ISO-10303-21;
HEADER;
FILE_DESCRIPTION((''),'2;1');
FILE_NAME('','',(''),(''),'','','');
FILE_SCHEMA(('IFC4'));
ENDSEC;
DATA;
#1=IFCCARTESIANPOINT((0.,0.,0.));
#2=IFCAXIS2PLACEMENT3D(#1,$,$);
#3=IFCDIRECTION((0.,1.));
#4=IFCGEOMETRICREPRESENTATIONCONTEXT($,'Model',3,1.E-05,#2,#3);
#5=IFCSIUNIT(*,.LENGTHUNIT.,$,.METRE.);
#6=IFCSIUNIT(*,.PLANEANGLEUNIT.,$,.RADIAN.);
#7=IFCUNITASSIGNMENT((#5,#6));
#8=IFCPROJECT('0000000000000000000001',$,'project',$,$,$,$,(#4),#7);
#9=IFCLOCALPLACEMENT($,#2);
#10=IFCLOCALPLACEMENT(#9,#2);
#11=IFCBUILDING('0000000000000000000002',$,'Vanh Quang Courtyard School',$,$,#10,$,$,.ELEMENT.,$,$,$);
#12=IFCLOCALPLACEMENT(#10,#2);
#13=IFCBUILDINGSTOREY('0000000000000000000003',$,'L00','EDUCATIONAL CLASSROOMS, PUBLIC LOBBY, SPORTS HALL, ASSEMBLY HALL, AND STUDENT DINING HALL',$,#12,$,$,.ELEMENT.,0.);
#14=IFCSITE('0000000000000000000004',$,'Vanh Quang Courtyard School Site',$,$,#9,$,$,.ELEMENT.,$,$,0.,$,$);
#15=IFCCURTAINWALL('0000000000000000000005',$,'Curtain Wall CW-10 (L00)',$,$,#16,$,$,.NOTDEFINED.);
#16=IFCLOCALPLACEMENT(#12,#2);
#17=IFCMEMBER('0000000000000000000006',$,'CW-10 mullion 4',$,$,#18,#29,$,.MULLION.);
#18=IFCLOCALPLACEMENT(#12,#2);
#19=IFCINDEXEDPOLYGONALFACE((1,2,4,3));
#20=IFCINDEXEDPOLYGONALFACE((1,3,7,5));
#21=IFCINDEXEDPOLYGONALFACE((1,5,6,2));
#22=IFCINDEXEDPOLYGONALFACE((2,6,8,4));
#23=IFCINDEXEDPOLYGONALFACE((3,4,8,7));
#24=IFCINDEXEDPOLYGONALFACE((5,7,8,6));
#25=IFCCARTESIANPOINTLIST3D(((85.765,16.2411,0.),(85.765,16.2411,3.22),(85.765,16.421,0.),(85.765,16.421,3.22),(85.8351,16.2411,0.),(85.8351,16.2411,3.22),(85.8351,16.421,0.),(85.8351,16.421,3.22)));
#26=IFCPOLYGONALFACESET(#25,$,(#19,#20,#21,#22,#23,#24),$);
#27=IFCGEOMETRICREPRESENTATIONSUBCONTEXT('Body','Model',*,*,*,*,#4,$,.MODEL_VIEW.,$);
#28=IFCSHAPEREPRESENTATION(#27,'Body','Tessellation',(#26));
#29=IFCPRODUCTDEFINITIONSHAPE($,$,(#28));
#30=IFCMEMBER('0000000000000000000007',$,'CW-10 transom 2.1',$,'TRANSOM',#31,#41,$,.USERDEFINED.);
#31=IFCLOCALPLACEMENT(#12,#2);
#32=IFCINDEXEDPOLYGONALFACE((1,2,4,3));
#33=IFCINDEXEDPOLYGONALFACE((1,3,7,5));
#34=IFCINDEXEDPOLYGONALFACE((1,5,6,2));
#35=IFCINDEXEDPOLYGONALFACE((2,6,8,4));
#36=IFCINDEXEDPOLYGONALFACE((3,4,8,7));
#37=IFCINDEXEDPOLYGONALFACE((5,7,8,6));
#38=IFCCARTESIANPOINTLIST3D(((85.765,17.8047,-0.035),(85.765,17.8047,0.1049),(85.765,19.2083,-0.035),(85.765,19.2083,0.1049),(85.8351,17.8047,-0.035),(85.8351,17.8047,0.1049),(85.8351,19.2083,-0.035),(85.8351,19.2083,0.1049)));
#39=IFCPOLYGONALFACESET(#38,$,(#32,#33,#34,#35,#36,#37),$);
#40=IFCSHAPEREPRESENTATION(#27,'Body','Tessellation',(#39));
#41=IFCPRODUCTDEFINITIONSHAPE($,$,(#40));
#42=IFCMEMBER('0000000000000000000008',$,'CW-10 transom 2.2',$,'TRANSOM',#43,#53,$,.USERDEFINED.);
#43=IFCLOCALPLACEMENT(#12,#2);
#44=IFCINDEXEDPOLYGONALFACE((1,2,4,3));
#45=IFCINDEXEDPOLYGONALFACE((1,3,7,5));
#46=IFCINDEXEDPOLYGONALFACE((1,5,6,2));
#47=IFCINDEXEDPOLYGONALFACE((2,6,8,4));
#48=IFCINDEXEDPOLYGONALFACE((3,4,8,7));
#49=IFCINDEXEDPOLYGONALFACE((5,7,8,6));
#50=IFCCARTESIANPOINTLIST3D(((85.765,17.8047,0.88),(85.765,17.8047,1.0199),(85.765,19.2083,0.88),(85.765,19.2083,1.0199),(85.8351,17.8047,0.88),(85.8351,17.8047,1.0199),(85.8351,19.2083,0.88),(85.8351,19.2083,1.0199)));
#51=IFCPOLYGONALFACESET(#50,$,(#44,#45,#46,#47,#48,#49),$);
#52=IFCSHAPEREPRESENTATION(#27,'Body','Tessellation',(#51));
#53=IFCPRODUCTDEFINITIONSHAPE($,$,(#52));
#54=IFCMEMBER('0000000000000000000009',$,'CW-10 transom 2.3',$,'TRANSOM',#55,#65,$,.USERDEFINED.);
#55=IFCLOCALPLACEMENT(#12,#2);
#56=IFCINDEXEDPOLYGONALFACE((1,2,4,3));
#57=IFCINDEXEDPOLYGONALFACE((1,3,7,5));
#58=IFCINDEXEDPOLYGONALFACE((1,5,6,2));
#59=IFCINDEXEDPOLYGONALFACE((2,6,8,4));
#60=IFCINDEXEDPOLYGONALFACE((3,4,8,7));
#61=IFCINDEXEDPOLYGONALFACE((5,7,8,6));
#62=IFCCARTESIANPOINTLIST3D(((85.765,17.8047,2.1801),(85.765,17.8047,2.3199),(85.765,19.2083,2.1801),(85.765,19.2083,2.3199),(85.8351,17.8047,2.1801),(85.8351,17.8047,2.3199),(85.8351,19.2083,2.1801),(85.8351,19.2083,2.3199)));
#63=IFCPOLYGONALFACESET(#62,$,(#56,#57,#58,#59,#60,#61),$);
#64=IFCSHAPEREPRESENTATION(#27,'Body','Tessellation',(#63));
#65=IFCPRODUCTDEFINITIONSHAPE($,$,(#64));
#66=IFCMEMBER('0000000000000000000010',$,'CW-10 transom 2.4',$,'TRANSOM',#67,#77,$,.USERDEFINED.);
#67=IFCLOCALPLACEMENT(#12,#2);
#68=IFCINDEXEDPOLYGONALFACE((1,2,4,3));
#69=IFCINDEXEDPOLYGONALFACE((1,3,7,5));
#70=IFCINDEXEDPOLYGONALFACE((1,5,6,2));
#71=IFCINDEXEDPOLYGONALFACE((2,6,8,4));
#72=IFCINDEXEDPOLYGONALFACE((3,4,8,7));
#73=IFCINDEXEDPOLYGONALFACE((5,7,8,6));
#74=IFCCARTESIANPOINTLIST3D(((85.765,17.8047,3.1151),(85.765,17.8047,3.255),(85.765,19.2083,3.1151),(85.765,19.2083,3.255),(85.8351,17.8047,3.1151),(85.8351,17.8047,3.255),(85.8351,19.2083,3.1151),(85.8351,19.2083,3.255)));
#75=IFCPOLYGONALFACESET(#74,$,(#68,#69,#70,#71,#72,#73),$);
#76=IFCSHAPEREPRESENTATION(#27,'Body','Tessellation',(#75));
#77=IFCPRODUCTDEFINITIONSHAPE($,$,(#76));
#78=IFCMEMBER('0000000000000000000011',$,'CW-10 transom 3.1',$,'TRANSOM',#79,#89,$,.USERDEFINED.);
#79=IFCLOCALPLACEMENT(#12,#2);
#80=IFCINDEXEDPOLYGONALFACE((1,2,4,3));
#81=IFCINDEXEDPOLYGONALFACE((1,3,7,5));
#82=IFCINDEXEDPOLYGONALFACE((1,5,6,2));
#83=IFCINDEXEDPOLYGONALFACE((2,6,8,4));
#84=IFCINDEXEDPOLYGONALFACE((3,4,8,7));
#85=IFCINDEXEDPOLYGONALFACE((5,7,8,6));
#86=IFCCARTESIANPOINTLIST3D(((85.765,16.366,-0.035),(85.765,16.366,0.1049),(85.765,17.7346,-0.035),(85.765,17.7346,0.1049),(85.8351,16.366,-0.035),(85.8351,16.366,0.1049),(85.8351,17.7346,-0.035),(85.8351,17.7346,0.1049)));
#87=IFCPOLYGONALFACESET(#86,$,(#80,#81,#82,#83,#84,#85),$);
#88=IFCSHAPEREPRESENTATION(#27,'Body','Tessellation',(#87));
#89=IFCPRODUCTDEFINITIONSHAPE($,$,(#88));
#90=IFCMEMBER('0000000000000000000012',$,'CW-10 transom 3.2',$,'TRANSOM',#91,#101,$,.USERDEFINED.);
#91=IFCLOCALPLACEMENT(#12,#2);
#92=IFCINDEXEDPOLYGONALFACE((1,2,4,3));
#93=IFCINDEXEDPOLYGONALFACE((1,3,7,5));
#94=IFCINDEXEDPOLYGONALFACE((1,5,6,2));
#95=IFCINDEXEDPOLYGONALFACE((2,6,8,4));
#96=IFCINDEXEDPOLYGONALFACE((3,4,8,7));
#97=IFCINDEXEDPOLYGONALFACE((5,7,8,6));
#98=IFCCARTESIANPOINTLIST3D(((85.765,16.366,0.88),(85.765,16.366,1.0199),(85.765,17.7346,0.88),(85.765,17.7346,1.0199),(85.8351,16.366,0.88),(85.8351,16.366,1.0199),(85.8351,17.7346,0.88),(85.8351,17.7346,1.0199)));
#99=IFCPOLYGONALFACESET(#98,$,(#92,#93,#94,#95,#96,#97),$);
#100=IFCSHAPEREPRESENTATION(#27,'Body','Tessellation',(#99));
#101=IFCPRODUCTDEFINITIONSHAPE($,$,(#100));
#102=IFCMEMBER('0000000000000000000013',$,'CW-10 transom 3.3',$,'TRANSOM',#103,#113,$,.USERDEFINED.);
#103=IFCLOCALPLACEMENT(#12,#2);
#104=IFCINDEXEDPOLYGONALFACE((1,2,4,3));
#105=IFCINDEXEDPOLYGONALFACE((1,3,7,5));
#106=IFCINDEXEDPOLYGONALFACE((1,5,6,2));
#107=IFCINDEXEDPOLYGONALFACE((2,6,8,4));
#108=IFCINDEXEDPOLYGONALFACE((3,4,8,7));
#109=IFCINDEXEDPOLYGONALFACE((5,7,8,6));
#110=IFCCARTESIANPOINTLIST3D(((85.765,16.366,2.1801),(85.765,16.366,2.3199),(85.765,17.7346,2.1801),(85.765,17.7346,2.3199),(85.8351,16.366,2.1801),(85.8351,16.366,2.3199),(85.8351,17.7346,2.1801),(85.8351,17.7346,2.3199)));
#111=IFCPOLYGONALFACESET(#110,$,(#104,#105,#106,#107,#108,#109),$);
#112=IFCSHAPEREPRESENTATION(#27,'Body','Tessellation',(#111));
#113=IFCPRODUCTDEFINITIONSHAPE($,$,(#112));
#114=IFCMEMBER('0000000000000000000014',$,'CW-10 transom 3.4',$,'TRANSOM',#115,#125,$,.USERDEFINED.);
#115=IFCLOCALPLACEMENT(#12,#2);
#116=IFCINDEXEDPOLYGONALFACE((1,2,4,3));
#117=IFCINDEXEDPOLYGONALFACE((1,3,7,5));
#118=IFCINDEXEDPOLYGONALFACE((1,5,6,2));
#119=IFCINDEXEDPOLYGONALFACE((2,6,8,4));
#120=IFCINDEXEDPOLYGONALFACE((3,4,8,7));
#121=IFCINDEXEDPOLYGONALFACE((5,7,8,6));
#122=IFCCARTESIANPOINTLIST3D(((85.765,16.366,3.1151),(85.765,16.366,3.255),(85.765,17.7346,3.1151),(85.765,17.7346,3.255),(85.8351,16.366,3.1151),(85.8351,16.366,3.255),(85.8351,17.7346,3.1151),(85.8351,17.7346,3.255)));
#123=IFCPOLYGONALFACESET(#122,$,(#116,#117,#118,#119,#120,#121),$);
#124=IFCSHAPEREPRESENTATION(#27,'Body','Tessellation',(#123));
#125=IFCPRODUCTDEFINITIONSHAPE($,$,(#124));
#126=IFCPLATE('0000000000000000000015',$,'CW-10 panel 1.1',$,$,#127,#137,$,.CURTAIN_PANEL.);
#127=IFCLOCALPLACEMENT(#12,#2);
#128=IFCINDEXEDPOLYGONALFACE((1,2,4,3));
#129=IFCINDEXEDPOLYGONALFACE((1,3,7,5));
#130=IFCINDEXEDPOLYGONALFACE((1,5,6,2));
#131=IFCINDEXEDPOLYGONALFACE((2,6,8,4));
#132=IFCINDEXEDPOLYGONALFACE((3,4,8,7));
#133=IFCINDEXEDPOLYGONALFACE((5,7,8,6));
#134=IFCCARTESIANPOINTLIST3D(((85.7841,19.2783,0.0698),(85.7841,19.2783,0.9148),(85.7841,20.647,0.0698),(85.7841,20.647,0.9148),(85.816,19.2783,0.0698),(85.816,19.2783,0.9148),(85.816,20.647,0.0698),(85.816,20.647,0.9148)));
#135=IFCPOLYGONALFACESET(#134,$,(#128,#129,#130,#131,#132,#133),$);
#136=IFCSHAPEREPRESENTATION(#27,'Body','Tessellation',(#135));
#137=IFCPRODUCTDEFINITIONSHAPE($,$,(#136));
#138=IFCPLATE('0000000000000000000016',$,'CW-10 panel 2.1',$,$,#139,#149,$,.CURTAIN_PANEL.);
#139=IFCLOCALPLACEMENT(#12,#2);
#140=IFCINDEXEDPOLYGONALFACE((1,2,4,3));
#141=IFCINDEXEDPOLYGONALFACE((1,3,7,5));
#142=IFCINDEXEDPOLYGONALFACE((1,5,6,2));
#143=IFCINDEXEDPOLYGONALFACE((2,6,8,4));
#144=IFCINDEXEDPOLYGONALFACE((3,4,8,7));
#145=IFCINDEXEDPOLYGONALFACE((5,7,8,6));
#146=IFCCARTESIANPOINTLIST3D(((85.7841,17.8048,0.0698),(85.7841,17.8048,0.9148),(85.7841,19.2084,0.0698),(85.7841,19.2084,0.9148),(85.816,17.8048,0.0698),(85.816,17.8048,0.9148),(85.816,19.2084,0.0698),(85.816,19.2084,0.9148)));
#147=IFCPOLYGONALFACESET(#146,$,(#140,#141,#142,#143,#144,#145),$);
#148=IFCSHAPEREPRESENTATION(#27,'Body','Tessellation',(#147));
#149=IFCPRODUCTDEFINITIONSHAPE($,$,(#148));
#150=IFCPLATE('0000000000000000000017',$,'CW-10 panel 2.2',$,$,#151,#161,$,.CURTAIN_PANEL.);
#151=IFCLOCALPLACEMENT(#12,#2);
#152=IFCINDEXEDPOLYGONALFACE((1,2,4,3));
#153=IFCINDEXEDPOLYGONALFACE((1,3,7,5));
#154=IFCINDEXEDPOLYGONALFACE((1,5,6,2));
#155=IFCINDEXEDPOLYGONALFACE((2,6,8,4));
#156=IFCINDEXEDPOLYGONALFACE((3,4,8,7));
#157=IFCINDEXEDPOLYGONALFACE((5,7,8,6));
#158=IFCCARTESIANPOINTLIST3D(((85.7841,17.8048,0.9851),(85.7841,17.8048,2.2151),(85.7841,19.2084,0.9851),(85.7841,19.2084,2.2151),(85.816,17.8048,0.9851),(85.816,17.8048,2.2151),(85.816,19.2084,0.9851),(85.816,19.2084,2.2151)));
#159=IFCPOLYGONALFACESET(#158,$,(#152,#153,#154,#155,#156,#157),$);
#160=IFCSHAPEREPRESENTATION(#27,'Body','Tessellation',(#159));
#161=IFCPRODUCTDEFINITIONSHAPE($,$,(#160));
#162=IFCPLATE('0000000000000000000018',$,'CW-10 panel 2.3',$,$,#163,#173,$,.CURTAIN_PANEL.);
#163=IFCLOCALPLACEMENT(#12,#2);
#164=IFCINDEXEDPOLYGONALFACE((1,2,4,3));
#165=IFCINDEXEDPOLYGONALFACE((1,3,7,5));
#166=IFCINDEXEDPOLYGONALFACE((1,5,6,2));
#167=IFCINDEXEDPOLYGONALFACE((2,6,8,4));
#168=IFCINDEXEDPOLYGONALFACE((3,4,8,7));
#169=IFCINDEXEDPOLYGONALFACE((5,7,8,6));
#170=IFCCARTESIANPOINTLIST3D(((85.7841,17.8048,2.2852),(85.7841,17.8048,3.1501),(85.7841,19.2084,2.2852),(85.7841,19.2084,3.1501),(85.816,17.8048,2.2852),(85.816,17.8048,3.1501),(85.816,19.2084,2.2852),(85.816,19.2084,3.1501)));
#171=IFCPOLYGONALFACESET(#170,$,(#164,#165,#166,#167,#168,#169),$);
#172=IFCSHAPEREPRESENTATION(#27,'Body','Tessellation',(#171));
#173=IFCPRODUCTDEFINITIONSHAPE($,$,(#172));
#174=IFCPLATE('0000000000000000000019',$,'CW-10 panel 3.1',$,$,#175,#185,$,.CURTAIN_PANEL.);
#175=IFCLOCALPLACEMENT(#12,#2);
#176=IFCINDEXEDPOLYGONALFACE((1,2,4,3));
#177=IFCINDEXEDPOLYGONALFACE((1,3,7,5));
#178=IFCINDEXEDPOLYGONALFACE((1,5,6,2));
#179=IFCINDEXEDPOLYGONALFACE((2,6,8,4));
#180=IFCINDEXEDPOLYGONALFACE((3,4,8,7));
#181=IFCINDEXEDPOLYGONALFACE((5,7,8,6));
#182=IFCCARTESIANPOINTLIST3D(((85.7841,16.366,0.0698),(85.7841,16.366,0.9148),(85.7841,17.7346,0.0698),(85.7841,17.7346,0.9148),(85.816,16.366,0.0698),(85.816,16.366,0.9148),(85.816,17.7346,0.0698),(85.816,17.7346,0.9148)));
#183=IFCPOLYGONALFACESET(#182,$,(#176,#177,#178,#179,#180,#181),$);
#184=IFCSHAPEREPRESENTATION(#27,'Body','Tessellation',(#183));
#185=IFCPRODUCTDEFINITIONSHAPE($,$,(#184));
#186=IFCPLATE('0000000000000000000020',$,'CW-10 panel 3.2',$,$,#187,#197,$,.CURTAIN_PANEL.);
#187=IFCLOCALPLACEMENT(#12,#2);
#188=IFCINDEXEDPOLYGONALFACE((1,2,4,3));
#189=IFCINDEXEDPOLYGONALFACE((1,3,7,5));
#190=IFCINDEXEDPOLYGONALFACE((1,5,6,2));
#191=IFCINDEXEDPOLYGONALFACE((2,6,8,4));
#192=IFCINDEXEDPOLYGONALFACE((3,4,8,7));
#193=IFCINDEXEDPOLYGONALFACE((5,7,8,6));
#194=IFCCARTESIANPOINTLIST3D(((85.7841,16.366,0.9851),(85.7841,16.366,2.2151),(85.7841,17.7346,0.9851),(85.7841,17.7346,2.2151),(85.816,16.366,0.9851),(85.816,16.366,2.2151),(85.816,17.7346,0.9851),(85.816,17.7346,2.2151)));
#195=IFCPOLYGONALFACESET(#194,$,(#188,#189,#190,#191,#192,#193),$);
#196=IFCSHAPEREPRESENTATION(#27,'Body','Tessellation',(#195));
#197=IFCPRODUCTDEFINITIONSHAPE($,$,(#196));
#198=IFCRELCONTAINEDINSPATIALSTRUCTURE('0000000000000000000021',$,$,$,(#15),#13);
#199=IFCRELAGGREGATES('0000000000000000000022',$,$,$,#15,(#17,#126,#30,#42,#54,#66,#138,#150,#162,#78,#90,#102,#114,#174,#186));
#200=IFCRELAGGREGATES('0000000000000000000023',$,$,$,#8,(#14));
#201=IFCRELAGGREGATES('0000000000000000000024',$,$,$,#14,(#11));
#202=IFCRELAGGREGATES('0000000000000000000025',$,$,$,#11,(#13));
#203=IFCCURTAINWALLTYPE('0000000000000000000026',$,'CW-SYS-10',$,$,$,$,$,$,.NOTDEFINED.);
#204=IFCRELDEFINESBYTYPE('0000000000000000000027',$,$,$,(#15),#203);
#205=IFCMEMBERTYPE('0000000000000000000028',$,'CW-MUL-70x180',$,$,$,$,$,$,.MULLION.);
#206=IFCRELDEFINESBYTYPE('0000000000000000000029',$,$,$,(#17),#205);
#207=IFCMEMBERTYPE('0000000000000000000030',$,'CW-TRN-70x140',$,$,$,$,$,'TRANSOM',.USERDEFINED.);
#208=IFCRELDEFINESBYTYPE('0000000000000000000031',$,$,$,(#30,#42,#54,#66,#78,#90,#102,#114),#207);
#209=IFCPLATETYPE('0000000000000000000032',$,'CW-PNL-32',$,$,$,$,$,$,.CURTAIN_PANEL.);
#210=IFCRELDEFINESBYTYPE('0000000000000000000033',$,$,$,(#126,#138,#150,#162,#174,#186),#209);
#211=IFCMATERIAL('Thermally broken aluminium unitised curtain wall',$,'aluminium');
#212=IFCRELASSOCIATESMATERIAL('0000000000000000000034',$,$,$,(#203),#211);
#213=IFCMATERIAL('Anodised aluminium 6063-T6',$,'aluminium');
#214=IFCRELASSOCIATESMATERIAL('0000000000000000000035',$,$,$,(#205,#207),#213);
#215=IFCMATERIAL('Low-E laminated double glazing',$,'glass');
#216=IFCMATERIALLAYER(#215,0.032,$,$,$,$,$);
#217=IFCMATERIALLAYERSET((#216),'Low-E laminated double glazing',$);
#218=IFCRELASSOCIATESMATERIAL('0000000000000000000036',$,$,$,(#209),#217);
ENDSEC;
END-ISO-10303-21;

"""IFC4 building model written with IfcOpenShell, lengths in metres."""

from ifc_helpers import new_model, si_unit, direction, frame, origin, origin_2d, place, context, subcontext, project, spatial, rectangle, extrude, material, layer, layer_set, material_profile, profile_set, type_object, element, aggregate, save


model = new_model("IFC4")

# Units and contexts
model_context = context("Model", 3, precision=1e-05, world=origin(), true_north=direction((0.0, 1.0)))
body_context = subcontext(model_context, "Body", "Model", "MODEL_VIEW")
ifc_project = project(units=[si_unit("LENGTHUNIT", "METRE"), si_unit("PLANEANGLEUNIT", "RADIAN")], contexts=[model_context])

# Site, building, storey
site_placement = place(None, origin())
site = spatial("IfcSite", under=ifc_project, at=site_placement, Name="Vanh Quang Courtyard School Site", CompositionType="ELEMENT", RefElevation=0.0)
building_placement = place(site_placement, origin())
building = spatial("IfcBuilding", under=site, at=building_placement, Name="Vanh Quang Courtyard School", CompositionType="ELEMENT")
storey_placement = place(building_placement, origin())
storey = spatial("IfcBuildingStorey", under=building, at=storey_placement, Name="L00", Description="EDUCATIONAL CLASSROOMS, PUBLIC LOBBY, SPORTS HALL, ASSEMBLY HALL, AND STUDENT DINING HALL", CompositionType="ELEMENT", Elevation=0.0)

# Curtain wall, members, plates
ifc_material_1 = material(Name="Thermally broken aluminium unitised curtain wall", Category="aluminium")
curtain_wall_type = type_object("IfcCurtainWallType", Name="CW-SYS-10", PredefinedType="NOTDEFINED", material=ifc_material_1)
curtain_wall_placement = place(storey_placement, origin())
curtain_wall = element("IfcCurtainWall", 1, at=curtain_wall_placement, inside=storey, type_object=curtain_wall_type, Name="Curtain Wall CW-10 (L00)", PredefinedType="NOTDEFINED")
ifc_material_2 = material(Name="Anodised aluminium 6063-T6", Category="aluminium")
ifc_material_profile_1 = material_profile(ifc_material_2, rectangle(XDim=0.0701, YDim=0.1799, at=origin_2d()), Name="ALU-MUL 70x180")
ifc_profile_set_1 = profile_set([ifc_material_profile_1], Name="Anodised aluminium 6063-T6")
member_type_1 = type_object("IfcMemberType", Name="CW-MUL-70x180", PredefinedType="MULLION", material=ifc_profile_set_1)
member_1_placement = place(storey_placement, frame((85.8, 16.3311, 0.0), z_axis=(0.0, 0.0, 1.0), x_axis=(1.0, 0.0, 0.0)))
member_1 = element("IfcMember", 2, at=member_1_placement, type_object=member_type_1, Name="CW-10 mullion 4", PredefinedType="MULLION", context=body_context, shape_type="SweptSolid", body=[
    extrude(rectangle(XDim=0.0701, YDim=0.1799, at=origin_2d()), origin(), (0.0, 0.0, 1.0), 3.22),
])
ifc_material_profile_2 = material_profile(ifc_material_2, rectangle(XDim=0.0701, YDim=0.1399, at=origin_2d()), Name="ALU-TRN 70x140")
ifc_profile_set_2 = profile_set([ifc_material_profile_2], Name="Anodised aluminium 6063-T6")
member_type_2 = type_object("IfcMemberType", Name="CW-TRN-70x140", ElementType="TRANSOM", PredefinedType="USERDEFINED", material=ifc_profile_set_2)
member_2_placement = place(storey_placement, frame((85.8, 19.2083, 0.0349), z_axis=(0.0, -1.0, 0.0), x_axis=(1.0, 0.0, 0.0)))
member_2 = element("IfcMember", 3, at=member_2_placement, type_object=member_type_2, Name="CW-10 transom 2.1", ObjectType="TRANSOM", PredefinedType="USERDEFINED", context=body_context, shape_type="SweptSolid", body=[
    extrude(rectangle(XDim=0.0701, YDim=0.1399, at=origin_2d()), origin(), (0.0, 0.0, 1.0), 1.4036),
])
member_3_placement = place(storey_placement, frame((85.8, 19.2083, 0.95), z_axis=(0.0, -1.0, 0.0), x_axis=(1.0, 0.0, 0.0)))
member_3 = element("IfcMember", 4, at=member_3_placement, type_object=member_type_2, Name="CW-10 transom 2.2", ObjectType="TRANSOM", PredefinedType="USERDEFINED", context=body_context, shape_type="SweptSolid", body=[
    extrude(rectangle(XDim=0.0701, YDim=0.1399, at=origin_2d()), origin(), (0.0, 0.0, 1.0), 1.4036),
])
member_4_placement = place(storey_placement, frame((85.8, 19.2083, 2.25), z_axis=(0.0, -1.0, 0.0), x_axis=(1.0, 0.0, 0.0)))
member_4 = element("IfcMember", 5, at=member_4_placement, type_object=member_type_2, Name="CW-10 transom 2.3", ObjectType="TRANSOM", PredefinedType="USERDEFINED", context=body_context, shape_type="SweptSolid", body=[
    extrude(rectangle(XDim=0.0701, YDim=0.1399, at=origin_2d()), origin(), (0.0, 0.0, 1.0), 1.4036),
])
member_5_placement = place(storey_placement, frame((85.8, 19.2083, 3.1851), z_axis=(0.0, -1.0, 0.0), x_axis=(1.0, 0.0, 0.0)))
member_5 = element("IfcMember", 6, at=member_5_placement, type_object=member_type_2, Name="CW-10 transom 2.4", ObjectType="TRANSOM", PredefinedType="USERDEFINED", context=body_context, shape_type="SweptSolid", body=[
    extrude(rectangle(XDim=0.0701, YDim=0.1399, at=origin_2d()), origin(), (0.0, 0.0, 1.0), 1.4036),
])
member_6_placement = place(storey_placement, frame((85.8, 17.7346, 0.0349), z_axis=(0.0, -1.0, 0.0), x_axis=(1.0, 0.0, 0.0)))
member_6 = element("IfcMember", 7, at=member_6_placement, type_object=member_type_2, Name="CW-10 transom 3.1", ObjectType="TRANSOM", PredefinedType="USERDEFINED", context=body_context, shape_type="SweptSolid", body=[
    extrude(rectangle(XDim=0.0701, YDim=0.1399, at=origin_2d()), origin(), (0.0, 0.0, 1.0), 1.3687),
])
member_7_placement = place(storey_placement, frame((85.8, 17.7346, 0.95), z_axis=(0.0, -1.0, 0.0), x_axis=(1.0, 0.0, 0.0)))
member_7 = element("IfcMember", 8, at=member_7_placement, type_object=member_type_2, Name="CW-10 transom 3.2", ObjectType="TRANSOM", PredefinedType="USERDEFINED", context=body_context, shape_type="SweptSolid", body=[
    extrude(rectangle(XDim=0.0701, YDim=0.1399, at=origin_2d()), origin(), (0.0, 0.0, 1.0), 1.3687),
])
member_8_placement = place(storey_placement, frame((85.8, 17.7346, 2.25), z_axis=(0.0, -1.0, 0.0), x_axis=(1.0, 0.0, 0.0)))
member_8 = element("IfcMember", 9, at=member_8_placement, type_object=member_type_2, Name="CW-10 transom 3.3", ObjectType="TRANSOM", PredefinedType="USERDEFINED", context=body_context, shape_type="SweptSolid", body=[
    extrude(rectangle(XDim=0.0701, YDim=0.1399, at=origin_2d()), origin(), (0.0, 0.0, 1.0), 1.3687),
])
member_9_placement = place(storey_placement, frame((85.8, 17.7346, 3.1851), z_axis=(0.0, -1.0, 0.0), x_axis=(1.0, 0.0, 0.0)))
member_9 = element("IfcMember", 10, at=member_9_placement, type_object=member_type_2, Name="CW-10 transom 3.4", ObjectType="TRANSOM", PredefinedType="USERDEFINED", context=body_context, shape_type="SweptSolid", body=[
    extrude(rectangle(XDim=0.0701, YDim=0.1399, at=origin_2d()), origin(), (0.0, 0.0, 1.0), 1.3687),
])
ifc_material_3 = material(Name="Low-E laminated double glazing", Category="glass")
ifc_layer_1 = layer(ifc_material_3, 0.032)
ifc_layer_set_1 = layer_set([ifc_layer_1], Name="Low-E laminated double glazing")
plate_type = type_object("IfcPlateType", Name="CW-PNL-32", PredefinedType="CURTAIN_PANEL", material=ifc_layer_set_1)
plate_1_placement = place(storey_placement, frame((85.8, 19.9626, 0.0698), z_axis=(0.0, 0.0, 1.0), x_axis=(0.0, -1.0, 0.0)))
plate_1 = element("IfcPlate", 11, at=plate_1_placement, type_object=plate_type, Name="CW-10 panel 1.1", PredefinedType="CURTAIN_PANEL", context=body_context, shape_type="SweptSolid", body=[
    extrude(rectangle(XDim=1.3687, YDim=0.032, at=origin_2d()), origin(), (0.0, 0.0, 1.0), 0.845),
])
plate_2_placement = place(storey_placement, frame((85.8, 18.5066, 0.0698), z_axis=(0.0, 0.0, 1.0), x_axis=(0.0, -1.0, 0.0)))
plate_2 = element("IfcPlate", 12, at=plate_2_placement, type_object=plate_type, Name="CW-10 panel 2.1", PredefinedType="CURTAIN_PANEL", context=body_context, shape_type="SweptSolid", body=[
    extrude(rectangle(XDim=1.4036, YDim=0.032, at=origin_2d()), origin(), (0.0, 0.0, 1.0), 0.845),
])
plate_3_placement = place(storey_placement, frame((85.8, 18.5066, 0.9851), z_axis=(0.0, 0.0, 1.0), x_axis=(0.0, -1.0, 0.0)))
plate_3 = element("IfcPlate", 13, at=plate_3_placement, type_object=plate_type, Name="CW-10 panel 2.2", PredefinedType="CURTAIN_PANEL", context=body_context, shape_type="SweptSolid", body=[
    extrude(rectangle(XDim=1.4036, YDim=0.032, at=origin_2d()), origin(), (0.0, 0.0, 1.0), 1.23),
])
plate_4_placement = place(storey_placement, frame((85.8, 18.5066, 2.2852), z_axis=(0.0, 0.0, 1.0), x_axis=(0.0, -1.0, 0.0)))
plate_4 = element("IfcPlate", 14, at=plate_4_placement, type_object=plate_type, Name="CW-10 panel 2.3", PredefinedType="CURTAIN_PANEL", context=body_context, shape_type="SweptSolid", body=[
    extrude(rectangle(XDim=1.4036, YDim=0.032, at=origin_2d()), origin(), (0.0, 0.0, 1.0), 0.865),
])
plate_5_placement = place(storey_placement, frame((85.8, 17.0503, 0.0698), z_axis=(0.0, 0.0, 1.0), x_axis=(0.0, -1.0, 0.0)))
plate_5 = element("IfcPlate", 15, at=plate_5_placement, type_object=plate_type, Name="CW-10 panel 3.1", PredefinedType="CURTAIN_PANEL", context=body_context, shape_type="SweptSolid", body=[
    extrude(rectangle(XDim=1.3687, YDim=0.032, at=origin_2d()), origin(), (0.0, 0.0, 1.0), 0.845),
])
plate_6_placement = place(storey_placement, frame((85.8, 17.0503, 0.9851), z_axis=(0.0, 0.0, 1.0), x_axis=(0.0, -1.0, 0.0)))
plate_6 = element("IfcPlate", 16, at=plate_6_placement, type_object=plate_type, Name="CW-10 panel 3.2", PredefinedType="CURTAIN_PANEL", context=body_context, shape_type="SweptSolid", body=[
    extrude(rectangle(XDim=1.3687, YDim=0.032, at=origin_2d()), origin(), (0.0, 0.0, 1.0), 1.23),
])
aggregate(curtain_wall, [member_1, plate_1, member_2, member_3, member_4, member_5, plate_2, plate_3, plate_4, member_6, member_7, member_8, member_9, plate_5, plate_6])

save(model, "model.ifc")
